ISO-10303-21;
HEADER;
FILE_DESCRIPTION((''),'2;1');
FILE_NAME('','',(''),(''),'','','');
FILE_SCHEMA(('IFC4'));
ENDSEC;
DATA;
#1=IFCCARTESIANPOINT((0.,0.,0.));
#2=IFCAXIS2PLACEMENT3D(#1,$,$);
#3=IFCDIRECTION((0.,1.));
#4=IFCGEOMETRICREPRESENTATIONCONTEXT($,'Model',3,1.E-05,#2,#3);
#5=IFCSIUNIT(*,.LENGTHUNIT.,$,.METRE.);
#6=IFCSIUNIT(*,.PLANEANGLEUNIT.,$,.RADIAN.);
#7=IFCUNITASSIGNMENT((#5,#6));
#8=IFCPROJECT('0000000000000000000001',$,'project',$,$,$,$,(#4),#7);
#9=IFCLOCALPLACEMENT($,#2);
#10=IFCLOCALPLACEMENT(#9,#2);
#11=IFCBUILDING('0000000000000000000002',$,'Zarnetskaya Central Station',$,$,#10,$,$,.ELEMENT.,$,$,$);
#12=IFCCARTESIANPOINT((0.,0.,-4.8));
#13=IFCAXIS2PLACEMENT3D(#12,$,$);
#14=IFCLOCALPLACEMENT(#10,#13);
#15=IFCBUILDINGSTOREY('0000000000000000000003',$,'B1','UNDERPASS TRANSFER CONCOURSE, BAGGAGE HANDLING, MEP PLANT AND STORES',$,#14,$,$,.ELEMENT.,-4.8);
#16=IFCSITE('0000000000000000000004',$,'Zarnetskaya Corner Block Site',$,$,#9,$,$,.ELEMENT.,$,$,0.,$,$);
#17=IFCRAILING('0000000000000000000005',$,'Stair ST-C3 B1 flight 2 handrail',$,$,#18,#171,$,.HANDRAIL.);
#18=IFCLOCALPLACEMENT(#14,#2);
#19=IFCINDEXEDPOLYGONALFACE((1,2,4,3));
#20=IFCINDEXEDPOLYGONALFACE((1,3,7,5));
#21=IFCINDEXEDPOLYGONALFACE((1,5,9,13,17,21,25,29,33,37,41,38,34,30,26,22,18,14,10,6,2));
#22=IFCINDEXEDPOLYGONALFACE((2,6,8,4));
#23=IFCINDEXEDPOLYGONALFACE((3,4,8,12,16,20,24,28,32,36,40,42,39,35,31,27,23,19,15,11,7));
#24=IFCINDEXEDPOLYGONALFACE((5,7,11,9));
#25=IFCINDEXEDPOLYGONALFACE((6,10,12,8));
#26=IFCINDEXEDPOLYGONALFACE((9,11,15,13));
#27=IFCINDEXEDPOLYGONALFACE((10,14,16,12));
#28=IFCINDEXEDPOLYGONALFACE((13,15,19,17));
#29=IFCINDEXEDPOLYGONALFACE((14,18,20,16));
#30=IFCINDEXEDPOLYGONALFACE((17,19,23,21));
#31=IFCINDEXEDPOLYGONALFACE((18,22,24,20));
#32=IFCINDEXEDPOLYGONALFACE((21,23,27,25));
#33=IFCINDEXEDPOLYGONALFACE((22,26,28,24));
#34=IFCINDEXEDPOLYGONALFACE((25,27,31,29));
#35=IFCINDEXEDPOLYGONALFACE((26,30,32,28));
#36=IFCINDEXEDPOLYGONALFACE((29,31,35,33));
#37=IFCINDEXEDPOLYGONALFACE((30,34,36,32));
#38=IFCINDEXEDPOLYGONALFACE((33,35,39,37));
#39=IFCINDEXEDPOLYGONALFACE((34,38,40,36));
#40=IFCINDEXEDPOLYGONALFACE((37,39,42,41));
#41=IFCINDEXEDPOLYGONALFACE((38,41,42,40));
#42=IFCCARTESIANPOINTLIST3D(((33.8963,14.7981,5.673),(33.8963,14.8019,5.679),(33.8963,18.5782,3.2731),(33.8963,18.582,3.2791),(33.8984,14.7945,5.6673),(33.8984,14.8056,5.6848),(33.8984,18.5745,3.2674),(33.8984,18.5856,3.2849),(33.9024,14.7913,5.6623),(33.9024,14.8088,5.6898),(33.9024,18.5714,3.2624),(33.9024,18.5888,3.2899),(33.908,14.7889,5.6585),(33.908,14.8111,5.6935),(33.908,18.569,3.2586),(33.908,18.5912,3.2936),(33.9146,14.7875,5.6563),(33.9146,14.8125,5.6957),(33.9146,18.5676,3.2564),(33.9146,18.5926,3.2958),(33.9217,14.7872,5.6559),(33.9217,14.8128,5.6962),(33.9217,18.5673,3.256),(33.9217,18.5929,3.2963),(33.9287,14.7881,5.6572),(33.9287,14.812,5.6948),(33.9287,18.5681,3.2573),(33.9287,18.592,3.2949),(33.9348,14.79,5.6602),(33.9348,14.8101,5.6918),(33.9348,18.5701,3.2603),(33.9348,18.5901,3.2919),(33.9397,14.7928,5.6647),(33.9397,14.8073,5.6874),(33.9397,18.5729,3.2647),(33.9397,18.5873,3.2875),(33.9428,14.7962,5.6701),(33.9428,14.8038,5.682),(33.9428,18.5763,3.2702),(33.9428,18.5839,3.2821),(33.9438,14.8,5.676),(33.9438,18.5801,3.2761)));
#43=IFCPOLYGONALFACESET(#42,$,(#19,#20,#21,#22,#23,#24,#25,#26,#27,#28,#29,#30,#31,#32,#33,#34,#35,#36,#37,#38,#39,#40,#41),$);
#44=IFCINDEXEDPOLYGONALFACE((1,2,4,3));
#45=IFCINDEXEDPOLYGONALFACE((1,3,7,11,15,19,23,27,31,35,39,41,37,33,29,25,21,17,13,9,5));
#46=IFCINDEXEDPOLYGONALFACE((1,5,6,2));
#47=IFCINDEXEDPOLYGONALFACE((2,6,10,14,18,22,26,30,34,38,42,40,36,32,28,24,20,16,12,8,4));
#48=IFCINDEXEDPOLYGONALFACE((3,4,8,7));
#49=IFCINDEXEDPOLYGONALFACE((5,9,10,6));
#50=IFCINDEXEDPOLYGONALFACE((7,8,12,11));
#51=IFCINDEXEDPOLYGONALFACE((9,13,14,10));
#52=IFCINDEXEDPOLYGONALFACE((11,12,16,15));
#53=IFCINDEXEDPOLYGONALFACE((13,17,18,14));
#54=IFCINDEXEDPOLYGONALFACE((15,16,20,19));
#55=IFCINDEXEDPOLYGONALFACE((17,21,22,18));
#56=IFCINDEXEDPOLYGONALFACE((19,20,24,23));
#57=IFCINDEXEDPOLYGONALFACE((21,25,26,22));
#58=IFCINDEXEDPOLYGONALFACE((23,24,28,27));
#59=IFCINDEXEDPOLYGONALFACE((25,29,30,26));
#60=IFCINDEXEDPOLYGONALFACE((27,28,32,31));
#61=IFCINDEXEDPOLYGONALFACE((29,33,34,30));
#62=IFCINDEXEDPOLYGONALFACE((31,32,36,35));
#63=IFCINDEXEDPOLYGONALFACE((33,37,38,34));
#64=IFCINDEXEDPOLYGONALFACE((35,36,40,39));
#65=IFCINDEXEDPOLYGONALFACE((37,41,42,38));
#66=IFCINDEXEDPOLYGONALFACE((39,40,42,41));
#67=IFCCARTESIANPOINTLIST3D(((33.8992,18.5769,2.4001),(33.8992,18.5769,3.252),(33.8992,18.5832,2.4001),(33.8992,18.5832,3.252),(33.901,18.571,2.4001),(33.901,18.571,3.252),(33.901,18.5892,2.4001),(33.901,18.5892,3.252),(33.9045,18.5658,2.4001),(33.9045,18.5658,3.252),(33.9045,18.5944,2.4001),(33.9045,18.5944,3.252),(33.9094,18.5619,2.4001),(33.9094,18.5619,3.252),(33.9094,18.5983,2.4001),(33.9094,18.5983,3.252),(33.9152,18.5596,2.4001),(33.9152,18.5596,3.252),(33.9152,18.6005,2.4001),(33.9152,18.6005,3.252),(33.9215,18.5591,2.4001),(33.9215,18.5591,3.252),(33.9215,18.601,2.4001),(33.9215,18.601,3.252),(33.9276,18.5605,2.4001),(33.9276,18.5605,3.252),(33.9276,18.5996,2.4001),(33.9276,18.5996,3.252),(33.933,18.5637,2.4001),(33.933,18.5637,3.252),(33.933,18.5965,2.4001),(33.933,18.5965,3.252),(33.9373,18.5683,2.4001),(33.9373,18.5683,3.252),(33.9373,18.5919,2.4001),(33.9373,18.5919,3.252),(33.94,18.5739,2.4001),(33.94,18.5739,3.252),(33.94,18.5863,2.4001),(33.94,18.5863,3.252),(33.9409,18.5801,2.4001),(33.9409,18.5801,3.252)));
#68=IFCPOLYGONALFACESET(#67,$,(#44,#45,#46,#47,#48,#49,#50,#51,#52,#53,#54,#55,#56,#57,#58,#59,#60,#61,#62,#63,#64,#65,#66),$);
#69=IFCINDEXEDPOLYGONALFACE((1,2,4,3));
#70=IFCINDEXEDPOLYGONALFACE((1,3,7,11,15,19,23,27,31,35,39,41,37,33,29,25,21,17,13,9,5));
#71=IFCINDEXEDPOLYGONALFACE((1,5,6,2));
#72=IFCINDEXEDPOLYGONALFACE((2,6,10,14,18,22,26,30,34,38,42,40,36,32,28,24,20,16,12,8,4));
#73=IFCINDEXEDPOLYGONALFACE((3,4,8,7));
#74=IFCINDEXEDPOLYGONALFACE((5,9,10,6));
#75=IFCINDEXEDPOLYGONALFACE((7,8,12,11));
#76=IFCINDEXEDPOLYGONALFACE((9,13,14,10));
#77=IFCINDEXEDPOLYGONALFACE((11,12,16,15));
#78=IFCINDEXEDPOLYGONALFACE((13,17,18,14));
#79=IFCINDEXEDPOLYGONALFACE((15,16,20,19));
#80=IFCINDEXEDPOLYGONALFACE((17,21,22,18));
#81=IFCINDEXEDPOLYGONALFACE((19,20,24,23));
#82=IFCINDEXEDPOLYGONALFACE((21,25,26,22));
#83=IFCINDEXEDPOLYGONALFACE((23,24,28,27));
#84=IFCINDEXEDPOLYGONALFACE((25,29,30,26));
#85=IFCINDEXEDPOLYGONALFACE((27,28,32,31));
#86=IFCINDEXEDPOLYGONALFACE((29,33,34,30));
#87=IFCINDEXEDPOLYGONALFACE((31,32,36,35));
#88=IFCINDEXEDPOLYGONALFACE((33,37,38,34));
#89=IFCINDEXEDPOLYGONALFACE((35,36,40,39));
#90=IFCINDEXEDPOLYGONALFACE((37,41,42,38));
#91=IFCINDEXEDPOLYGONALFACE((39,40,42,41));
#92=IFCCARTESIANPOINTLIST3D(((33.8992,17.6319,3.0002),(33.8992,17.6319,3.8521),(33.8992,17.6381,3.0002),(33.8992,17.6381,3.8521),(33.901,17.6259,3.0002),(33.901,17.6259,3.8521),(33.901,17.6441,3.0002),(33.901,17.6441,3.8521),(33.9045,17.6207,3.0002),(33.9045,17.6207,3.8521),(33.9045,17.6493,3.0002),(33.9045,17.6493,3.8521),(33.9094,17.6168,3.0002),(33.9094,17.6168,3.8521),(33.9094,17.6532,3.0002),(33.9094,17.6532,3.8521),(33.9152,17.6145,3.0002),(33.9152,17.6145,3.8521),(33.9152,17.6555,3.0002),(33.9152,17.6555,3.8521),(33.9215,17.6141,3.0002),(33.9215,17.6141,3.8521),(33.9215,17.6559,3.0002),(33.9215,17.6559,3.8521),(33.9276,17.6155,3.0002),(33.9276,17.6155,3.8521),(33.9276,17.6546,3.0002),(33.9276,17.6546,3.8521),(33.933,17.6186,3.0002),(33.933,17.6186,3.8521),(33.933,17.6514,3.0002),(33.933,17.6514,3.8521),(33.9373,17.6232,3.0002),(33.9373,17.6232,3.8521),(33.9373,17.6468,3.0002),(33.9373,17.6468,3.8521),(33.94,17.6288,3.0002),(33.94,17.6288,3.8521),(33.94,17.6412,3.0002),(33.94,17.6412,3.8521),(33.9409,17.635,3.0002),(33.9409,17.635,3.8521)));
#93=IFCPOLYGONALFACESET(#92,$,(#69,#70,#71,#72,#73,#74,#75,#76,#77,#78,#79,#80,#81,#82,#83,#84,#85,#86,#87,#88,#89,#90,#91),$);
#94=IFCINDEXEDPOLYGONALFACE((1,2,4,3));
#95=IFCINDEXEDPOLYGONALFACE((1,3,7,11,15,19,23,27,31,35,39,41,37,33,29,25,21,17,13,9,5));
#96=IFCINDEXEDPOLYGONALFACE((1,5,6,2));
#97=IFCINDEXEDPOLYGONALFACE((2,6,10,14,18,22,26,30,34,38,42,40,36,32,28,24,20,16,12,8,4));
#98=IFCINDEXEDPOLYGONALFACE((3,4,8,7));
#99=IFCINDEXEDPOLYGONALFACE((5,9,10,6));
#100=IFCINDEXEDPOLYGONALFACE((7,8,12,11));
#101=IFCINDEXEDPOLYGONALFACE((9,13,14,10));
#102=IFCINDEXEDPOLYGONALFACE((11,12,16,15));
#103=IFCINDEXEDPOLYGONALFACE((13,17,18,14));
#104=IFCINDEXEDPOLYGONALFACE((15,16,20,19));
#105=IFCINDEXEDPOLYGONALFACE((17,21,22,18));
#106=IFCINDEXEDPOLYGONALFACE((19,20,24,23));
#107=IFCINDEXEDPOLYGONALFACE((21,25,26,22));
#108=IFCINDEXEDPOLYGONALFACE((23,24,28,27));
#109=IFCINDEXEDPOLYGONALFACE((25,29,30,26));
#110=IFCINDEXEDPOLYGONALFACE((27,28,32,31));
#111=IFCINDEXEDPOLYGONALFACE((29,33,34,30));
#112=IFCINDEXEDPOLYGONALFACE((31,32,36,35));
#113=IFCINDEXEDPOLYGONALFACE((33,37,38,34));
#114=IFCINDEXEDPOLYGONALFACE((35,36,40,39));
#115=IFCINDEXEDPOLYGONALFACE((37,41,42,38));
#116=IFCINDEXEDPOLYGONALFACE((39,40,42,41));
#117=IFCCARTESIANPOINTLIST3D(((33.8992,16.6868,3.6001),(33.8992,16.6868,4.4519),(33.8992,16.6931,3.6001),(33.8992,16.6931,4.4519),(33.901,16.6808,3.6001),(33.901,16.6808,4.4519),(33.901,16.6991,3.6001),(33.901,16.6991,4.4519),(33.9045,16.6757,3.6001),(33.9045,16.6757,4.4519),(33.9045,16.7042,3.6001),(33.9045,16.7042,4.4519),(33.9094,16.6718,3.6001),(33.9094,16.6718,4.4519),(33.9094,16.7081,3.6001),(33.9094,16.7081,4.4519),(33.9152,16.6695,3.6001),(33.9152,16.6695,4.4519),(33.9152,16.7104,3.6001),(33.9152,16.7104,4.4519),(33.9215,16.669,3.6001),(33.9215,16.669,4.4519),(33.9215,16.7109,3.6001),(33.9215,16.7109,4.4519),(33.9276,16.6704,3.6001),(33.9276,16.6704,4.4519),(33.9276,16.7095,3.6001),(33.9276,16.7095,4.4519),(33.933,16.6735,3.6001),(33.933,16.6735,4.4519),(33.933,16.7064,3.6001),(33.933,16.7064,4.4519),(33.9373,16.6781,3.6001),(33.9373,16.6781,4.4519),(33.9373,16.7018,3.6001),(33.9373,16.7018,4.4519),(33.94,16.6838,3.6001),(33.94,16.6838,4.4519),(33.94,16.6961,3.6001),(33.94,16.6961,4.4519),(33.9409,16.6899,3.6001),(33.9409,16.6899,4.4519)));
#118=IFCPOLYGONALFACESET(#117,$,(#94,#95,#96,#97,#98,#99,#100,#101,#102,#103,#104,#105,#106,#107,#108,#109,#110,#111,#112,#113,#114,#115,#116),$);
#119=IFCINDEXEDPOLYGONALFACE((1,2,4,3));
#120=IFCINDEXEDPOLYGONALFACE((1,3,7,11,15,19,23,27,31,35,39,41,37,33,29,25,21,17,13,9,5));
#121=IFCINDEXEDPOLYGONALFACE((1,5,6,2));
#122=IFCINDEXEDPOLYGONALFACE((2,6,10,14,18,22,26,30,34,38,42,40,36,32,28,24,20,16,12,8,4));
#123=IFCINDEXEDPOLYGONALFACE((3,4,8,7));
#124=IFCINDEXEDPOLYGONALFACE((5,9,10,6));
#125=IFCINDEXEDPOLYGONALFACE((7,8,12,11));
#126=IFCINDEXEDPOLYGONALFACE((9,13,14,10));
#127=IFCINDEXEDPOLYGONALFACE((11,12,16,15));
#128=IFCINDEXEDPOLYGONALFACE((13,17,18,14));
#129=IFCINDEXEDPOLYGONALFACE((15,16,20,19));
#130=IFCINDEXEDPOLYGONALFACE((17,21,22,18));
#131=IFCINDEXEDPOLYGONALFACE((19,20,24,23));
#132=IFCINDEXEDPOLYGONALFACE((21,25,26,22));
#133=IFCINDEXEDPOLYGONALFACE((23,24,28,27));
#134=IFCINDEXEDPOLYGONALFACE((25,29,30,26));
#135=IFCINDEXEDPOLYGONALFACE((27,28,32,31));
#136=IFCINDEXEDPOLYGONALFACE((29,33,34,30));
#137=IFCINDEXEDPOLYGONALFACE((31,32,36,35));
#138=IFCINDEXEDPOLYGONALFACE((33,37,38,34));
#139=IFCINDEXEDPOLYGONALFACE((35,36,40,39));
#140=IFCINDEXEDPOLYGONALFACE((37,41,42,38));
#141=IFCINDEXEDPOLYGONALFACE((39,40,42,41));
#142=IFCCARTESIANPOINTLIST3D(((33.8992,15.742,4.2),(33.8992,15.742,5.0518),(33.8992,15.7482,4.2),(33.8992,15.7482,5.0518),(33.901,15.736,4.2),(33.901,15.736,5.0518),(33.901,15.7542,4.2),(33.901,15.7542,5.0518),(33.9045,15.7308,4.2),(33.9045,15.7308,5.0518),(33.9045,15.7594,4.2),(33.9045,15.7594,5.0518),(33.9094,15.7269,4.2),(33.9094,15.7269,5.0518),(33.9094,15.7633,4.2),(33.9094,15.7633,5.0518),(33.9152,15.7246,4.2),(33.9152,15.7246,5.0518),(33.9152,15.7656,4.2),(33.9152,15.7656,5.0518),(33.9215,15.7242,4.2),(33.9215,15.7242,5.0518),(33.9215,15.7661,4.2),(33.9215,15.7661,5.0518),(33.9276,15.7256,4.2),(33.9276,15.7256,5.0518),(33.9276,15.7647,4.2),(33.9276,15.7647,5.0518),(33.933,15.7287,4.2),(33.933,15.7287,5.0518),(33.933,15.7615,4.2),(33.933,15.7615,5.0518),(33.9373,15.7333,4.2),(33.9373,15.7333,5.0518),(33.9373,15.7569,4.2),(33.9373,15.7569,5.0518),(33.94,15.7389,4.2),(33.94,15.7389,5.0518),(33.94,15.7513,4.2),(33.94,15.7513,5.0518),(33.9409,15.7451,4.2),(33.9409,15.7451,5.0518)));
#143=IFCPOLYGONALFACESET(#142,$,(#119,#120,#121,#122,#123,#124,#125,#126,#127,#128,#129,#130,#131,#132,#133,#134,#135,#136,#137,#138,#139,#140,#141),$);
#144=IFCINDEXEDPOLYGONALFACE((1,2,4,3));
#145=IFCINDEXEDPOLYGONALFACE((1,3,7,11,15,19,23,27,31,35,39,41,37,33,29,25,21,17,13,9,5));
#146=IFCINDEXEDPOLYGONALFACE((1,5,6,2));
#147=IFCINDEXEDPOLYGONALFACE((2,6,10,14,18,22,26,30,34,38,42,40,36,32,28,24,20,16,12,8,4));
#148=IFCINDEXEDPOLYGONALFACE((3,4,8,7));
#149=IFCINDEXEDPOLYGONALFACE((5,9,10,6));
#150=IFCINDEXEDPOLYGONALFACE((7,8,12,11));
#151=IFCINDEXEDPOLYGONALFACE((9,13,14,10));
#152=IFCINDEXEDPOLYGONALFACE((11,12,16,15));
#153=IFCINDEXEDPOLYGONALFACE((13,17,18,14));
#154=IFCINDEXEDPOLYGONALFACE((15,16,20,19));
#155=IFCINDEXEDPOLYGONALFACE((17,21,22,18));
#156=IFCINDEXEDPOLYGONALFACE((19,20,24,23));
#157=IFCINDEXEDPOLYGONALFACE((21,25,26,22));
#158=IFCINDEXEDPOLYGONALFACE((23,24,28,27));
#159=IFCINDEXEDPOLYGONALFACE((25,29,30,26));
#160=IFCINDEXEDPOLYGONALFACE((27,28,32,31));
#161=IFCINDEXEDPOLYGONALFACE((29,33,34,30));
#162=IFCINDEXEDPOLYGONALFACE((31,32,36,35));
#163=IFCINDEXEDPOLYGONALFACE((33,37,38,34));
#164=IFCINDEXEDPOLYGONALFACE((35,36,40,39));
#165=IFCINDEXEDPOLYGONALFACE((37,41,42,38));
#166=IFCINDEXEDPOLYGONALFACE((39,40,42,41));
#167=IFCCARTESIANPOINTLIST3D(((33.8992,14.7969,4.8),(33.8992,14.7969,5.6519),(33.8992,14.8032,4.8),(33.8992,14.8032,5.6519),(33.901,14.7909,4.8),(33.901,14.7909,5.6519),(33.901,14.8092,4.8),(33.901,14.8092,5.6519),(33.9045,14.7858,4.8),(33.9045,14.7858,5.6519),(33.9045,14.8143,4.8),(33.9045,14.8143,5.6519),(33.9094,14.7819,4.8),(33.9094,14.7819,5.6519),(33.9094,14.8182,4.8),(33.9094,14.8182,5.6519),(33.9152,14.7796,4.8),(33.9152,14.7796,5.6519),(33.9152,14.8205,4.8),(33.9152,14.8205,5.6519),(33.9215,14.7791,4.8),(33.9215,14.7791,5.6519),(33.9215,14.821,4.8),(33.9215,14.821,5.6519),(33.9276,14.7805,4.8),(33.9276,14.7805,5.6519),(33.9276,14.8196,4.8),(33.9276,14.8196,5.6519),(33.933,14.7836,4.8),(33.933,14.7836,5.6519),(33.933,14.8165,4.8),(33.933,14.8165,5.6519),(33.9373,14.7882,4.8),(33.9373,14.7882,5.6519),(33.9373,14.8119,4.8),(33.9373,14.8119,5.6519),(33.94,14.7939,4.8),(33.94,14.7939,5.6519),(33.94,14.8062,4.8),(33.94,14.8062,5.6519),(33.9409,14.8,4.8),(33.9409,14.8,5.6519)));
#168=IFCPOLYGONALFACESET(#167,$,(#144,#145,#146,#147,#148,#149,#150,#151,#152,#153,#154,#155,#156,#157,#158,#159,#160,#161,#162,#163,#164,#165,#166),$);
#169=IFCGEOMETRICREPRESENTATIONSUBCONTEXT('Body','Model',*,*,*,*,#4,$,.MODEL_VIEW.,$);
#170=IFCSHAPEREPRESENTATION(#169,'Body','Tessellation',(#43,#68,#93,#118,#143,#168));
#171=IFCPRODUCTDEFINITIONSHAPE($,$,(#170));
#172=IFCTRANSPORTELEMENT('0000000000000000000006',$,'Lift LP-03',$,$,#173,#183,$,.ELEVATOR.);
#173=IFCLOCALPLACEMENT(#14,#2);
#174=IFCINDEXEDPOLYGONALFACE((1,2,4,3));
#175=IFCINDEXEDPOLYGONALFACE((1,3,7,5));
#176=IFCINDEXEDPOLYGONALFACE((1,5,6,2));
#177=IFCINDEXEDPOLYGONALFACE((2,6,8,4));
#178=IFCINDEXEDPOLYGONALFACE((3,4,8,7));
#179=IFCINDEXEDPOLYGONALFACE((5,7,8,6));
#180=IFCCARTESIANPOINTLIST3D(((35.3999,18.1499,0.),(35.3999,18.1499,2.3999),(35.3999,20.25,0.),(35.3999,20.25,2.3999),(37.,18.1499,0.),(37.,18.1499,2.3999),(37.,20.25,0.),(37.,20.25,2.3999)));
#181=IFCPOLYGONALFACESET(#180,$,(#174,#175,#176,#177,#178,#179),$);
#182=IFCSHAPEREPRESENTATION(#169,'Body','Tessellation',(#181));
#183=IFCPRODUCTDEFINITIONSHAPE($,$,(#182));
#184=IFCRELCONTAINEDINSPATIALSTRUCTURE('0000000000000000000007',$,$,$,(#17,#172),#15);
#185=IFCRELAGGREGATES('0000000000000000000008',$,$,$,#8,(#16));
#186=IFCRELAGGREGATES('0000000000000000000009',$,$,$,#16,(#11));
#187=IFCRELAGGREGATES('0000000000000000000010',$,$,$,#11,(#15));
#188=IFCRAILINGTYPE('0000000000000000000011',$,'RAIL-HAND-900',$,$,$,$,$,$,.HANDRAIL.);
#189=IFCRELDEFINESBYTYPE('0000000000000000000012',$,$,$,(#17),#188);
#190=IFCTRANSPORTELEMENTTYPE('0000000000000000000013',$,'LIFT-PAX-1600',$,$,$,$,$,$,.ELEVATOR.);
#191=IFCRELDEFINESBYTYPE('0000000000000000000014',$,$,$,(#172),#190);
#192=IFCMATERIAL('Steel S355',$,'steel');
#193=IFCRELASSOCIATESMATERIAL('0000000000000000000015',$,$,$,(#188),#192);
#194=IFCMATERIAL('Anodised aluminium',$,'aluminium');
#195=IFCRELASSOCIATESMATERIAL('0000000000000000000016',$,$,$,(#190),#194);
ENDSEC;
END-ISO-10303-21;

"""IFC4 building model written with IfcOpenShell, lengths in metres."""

from ifc_helpers import new_model, si_unit, direction, frame, origin, origin_2d, place, context, subcontext, project, spatial, rectangle, circle, extrude, material, type_object, element, save


model = new_model("IFC4")

# Units and contexts
model_context = context("Model", 3, precision=1e-05, world=origin(), true_north=direction((0.0, 1.0)))
body_context = subcontext(model_context, "Body", "Model", "MODEL_VIEW")
ifc_project = project(units=[si_unit("LENGTHUNIT", "METRE"), si_unit("PLANEANGLEUNIT", "RADIAN")], contexts=[model_context])

# Site, building, storey
site_placement = place(None, origin())
site = spatial("IfcSite", under=ifc_project, at=site_placement, Name="Zarnetskaya Corner Block Site", CompositionType="ELEMENT", RefElevation=0.0)
building_placement = place(site_placement, origin())
building = spatial("IfcBuilding", under=site, at=building_placement, Name="Zarnetskaya Central Station", CompositionType="ELEMENT")
storey_placement = place(building_placement, frame((0.0, 0.0, -4.8)))
storey = spatial("IfcBuildingStorey", under=building, at=storey_placement, Name="B1", Description="UNDERPASS TRANSFER CONCOURSE, BAGGAGE HANDLING, MEP PLANT AND STORES", CompositionType="ELEMENT", Elevation=-4.8)

# Shared definitions
ifc_material_1 = material(Name="Anodised aluminium", Category="aluminium")

# Railing
ifc_material_2 = material(Name="Steel S355", Category="steel")
railing_type = type_object("IfcRailingType", Name="RAIL-HAND-900", PredefinedType="HANDRAIL", material=ifc_material_2)
railing_placement = place(storey_placement, frame((33.9199, 18.5801, 2.4001)))
element("IfcRailing", 1, at=railing_placement, inside=storey, type_object=railing_type, Name="Stair ST-C3 B1 flight 2 handrail", PredefinedType="HANDRAIL", context=body_context, shape_type="SweptSolid", body=[
    extrude(circle(Radius=0.0239, at=origin_2d()), frame((0.0, 0.0, 0.876), z_axis=(0.0, -0.844225, 0.53599), x_axis=(1.0, 0.0, 0.0)), (0.0, 0.0, 1.0), 4.4775),
    extrude(circle(Radius=0.021, at=origin_2d()), origin(), (0.0, 0.0, 1.0), 0.8518),
    extrude(circle(Radius=0.021, at=origin_2d()), frame((0.0, -0.9451, 0.6001)), (0.0, 0.0, 1.0), 0.8518),
    extrude(circle(Radius=0.021, at=origin_2d()), frame((0.0, -1.8901, 1.2)), (0.0, 0.0, 1.0), 0.8518),
    extrude(circle(Radius=0.021, at=origin_2d()), frame((0.0, -2.835, 1.7998)), (0.0, 0.0, 1.0), 0.8518),
    extrude(circle(Radius=0.021, at=origin_2d()), frame((0.0, -3.78, 2.3999)), (0.0, 0.0, 1.0), 0.8518),
])

# Transport element
transport_element_type = type_object("IfcTransportElementType", Name="LIFT-PAX-1600", PredefinedType="ELEVATOR", material=ifc_material_1)
transport_element_placement = place(storey_placement, frame((36.2, 19.2, 0.0), z_axis=(0.0, 0.0, 1.0), x_axis=(1.0, 0.0, 0.0)))
element("IfcTransportElement", 2, at=transport_element_placement, inside=storey, type_object=transport_element_type, Name="Lift LP-03", PredefinedType="ELEVATOR", context=body_context, shape_type="SweptSolid", body=[
    extrude(rectangle(XDim=1.6001, YDim=2.1001, at=origin_2d()), origin(), (0.0, 0.0, 1.0), 2.3999),
])

save(model, "model.ifc")
